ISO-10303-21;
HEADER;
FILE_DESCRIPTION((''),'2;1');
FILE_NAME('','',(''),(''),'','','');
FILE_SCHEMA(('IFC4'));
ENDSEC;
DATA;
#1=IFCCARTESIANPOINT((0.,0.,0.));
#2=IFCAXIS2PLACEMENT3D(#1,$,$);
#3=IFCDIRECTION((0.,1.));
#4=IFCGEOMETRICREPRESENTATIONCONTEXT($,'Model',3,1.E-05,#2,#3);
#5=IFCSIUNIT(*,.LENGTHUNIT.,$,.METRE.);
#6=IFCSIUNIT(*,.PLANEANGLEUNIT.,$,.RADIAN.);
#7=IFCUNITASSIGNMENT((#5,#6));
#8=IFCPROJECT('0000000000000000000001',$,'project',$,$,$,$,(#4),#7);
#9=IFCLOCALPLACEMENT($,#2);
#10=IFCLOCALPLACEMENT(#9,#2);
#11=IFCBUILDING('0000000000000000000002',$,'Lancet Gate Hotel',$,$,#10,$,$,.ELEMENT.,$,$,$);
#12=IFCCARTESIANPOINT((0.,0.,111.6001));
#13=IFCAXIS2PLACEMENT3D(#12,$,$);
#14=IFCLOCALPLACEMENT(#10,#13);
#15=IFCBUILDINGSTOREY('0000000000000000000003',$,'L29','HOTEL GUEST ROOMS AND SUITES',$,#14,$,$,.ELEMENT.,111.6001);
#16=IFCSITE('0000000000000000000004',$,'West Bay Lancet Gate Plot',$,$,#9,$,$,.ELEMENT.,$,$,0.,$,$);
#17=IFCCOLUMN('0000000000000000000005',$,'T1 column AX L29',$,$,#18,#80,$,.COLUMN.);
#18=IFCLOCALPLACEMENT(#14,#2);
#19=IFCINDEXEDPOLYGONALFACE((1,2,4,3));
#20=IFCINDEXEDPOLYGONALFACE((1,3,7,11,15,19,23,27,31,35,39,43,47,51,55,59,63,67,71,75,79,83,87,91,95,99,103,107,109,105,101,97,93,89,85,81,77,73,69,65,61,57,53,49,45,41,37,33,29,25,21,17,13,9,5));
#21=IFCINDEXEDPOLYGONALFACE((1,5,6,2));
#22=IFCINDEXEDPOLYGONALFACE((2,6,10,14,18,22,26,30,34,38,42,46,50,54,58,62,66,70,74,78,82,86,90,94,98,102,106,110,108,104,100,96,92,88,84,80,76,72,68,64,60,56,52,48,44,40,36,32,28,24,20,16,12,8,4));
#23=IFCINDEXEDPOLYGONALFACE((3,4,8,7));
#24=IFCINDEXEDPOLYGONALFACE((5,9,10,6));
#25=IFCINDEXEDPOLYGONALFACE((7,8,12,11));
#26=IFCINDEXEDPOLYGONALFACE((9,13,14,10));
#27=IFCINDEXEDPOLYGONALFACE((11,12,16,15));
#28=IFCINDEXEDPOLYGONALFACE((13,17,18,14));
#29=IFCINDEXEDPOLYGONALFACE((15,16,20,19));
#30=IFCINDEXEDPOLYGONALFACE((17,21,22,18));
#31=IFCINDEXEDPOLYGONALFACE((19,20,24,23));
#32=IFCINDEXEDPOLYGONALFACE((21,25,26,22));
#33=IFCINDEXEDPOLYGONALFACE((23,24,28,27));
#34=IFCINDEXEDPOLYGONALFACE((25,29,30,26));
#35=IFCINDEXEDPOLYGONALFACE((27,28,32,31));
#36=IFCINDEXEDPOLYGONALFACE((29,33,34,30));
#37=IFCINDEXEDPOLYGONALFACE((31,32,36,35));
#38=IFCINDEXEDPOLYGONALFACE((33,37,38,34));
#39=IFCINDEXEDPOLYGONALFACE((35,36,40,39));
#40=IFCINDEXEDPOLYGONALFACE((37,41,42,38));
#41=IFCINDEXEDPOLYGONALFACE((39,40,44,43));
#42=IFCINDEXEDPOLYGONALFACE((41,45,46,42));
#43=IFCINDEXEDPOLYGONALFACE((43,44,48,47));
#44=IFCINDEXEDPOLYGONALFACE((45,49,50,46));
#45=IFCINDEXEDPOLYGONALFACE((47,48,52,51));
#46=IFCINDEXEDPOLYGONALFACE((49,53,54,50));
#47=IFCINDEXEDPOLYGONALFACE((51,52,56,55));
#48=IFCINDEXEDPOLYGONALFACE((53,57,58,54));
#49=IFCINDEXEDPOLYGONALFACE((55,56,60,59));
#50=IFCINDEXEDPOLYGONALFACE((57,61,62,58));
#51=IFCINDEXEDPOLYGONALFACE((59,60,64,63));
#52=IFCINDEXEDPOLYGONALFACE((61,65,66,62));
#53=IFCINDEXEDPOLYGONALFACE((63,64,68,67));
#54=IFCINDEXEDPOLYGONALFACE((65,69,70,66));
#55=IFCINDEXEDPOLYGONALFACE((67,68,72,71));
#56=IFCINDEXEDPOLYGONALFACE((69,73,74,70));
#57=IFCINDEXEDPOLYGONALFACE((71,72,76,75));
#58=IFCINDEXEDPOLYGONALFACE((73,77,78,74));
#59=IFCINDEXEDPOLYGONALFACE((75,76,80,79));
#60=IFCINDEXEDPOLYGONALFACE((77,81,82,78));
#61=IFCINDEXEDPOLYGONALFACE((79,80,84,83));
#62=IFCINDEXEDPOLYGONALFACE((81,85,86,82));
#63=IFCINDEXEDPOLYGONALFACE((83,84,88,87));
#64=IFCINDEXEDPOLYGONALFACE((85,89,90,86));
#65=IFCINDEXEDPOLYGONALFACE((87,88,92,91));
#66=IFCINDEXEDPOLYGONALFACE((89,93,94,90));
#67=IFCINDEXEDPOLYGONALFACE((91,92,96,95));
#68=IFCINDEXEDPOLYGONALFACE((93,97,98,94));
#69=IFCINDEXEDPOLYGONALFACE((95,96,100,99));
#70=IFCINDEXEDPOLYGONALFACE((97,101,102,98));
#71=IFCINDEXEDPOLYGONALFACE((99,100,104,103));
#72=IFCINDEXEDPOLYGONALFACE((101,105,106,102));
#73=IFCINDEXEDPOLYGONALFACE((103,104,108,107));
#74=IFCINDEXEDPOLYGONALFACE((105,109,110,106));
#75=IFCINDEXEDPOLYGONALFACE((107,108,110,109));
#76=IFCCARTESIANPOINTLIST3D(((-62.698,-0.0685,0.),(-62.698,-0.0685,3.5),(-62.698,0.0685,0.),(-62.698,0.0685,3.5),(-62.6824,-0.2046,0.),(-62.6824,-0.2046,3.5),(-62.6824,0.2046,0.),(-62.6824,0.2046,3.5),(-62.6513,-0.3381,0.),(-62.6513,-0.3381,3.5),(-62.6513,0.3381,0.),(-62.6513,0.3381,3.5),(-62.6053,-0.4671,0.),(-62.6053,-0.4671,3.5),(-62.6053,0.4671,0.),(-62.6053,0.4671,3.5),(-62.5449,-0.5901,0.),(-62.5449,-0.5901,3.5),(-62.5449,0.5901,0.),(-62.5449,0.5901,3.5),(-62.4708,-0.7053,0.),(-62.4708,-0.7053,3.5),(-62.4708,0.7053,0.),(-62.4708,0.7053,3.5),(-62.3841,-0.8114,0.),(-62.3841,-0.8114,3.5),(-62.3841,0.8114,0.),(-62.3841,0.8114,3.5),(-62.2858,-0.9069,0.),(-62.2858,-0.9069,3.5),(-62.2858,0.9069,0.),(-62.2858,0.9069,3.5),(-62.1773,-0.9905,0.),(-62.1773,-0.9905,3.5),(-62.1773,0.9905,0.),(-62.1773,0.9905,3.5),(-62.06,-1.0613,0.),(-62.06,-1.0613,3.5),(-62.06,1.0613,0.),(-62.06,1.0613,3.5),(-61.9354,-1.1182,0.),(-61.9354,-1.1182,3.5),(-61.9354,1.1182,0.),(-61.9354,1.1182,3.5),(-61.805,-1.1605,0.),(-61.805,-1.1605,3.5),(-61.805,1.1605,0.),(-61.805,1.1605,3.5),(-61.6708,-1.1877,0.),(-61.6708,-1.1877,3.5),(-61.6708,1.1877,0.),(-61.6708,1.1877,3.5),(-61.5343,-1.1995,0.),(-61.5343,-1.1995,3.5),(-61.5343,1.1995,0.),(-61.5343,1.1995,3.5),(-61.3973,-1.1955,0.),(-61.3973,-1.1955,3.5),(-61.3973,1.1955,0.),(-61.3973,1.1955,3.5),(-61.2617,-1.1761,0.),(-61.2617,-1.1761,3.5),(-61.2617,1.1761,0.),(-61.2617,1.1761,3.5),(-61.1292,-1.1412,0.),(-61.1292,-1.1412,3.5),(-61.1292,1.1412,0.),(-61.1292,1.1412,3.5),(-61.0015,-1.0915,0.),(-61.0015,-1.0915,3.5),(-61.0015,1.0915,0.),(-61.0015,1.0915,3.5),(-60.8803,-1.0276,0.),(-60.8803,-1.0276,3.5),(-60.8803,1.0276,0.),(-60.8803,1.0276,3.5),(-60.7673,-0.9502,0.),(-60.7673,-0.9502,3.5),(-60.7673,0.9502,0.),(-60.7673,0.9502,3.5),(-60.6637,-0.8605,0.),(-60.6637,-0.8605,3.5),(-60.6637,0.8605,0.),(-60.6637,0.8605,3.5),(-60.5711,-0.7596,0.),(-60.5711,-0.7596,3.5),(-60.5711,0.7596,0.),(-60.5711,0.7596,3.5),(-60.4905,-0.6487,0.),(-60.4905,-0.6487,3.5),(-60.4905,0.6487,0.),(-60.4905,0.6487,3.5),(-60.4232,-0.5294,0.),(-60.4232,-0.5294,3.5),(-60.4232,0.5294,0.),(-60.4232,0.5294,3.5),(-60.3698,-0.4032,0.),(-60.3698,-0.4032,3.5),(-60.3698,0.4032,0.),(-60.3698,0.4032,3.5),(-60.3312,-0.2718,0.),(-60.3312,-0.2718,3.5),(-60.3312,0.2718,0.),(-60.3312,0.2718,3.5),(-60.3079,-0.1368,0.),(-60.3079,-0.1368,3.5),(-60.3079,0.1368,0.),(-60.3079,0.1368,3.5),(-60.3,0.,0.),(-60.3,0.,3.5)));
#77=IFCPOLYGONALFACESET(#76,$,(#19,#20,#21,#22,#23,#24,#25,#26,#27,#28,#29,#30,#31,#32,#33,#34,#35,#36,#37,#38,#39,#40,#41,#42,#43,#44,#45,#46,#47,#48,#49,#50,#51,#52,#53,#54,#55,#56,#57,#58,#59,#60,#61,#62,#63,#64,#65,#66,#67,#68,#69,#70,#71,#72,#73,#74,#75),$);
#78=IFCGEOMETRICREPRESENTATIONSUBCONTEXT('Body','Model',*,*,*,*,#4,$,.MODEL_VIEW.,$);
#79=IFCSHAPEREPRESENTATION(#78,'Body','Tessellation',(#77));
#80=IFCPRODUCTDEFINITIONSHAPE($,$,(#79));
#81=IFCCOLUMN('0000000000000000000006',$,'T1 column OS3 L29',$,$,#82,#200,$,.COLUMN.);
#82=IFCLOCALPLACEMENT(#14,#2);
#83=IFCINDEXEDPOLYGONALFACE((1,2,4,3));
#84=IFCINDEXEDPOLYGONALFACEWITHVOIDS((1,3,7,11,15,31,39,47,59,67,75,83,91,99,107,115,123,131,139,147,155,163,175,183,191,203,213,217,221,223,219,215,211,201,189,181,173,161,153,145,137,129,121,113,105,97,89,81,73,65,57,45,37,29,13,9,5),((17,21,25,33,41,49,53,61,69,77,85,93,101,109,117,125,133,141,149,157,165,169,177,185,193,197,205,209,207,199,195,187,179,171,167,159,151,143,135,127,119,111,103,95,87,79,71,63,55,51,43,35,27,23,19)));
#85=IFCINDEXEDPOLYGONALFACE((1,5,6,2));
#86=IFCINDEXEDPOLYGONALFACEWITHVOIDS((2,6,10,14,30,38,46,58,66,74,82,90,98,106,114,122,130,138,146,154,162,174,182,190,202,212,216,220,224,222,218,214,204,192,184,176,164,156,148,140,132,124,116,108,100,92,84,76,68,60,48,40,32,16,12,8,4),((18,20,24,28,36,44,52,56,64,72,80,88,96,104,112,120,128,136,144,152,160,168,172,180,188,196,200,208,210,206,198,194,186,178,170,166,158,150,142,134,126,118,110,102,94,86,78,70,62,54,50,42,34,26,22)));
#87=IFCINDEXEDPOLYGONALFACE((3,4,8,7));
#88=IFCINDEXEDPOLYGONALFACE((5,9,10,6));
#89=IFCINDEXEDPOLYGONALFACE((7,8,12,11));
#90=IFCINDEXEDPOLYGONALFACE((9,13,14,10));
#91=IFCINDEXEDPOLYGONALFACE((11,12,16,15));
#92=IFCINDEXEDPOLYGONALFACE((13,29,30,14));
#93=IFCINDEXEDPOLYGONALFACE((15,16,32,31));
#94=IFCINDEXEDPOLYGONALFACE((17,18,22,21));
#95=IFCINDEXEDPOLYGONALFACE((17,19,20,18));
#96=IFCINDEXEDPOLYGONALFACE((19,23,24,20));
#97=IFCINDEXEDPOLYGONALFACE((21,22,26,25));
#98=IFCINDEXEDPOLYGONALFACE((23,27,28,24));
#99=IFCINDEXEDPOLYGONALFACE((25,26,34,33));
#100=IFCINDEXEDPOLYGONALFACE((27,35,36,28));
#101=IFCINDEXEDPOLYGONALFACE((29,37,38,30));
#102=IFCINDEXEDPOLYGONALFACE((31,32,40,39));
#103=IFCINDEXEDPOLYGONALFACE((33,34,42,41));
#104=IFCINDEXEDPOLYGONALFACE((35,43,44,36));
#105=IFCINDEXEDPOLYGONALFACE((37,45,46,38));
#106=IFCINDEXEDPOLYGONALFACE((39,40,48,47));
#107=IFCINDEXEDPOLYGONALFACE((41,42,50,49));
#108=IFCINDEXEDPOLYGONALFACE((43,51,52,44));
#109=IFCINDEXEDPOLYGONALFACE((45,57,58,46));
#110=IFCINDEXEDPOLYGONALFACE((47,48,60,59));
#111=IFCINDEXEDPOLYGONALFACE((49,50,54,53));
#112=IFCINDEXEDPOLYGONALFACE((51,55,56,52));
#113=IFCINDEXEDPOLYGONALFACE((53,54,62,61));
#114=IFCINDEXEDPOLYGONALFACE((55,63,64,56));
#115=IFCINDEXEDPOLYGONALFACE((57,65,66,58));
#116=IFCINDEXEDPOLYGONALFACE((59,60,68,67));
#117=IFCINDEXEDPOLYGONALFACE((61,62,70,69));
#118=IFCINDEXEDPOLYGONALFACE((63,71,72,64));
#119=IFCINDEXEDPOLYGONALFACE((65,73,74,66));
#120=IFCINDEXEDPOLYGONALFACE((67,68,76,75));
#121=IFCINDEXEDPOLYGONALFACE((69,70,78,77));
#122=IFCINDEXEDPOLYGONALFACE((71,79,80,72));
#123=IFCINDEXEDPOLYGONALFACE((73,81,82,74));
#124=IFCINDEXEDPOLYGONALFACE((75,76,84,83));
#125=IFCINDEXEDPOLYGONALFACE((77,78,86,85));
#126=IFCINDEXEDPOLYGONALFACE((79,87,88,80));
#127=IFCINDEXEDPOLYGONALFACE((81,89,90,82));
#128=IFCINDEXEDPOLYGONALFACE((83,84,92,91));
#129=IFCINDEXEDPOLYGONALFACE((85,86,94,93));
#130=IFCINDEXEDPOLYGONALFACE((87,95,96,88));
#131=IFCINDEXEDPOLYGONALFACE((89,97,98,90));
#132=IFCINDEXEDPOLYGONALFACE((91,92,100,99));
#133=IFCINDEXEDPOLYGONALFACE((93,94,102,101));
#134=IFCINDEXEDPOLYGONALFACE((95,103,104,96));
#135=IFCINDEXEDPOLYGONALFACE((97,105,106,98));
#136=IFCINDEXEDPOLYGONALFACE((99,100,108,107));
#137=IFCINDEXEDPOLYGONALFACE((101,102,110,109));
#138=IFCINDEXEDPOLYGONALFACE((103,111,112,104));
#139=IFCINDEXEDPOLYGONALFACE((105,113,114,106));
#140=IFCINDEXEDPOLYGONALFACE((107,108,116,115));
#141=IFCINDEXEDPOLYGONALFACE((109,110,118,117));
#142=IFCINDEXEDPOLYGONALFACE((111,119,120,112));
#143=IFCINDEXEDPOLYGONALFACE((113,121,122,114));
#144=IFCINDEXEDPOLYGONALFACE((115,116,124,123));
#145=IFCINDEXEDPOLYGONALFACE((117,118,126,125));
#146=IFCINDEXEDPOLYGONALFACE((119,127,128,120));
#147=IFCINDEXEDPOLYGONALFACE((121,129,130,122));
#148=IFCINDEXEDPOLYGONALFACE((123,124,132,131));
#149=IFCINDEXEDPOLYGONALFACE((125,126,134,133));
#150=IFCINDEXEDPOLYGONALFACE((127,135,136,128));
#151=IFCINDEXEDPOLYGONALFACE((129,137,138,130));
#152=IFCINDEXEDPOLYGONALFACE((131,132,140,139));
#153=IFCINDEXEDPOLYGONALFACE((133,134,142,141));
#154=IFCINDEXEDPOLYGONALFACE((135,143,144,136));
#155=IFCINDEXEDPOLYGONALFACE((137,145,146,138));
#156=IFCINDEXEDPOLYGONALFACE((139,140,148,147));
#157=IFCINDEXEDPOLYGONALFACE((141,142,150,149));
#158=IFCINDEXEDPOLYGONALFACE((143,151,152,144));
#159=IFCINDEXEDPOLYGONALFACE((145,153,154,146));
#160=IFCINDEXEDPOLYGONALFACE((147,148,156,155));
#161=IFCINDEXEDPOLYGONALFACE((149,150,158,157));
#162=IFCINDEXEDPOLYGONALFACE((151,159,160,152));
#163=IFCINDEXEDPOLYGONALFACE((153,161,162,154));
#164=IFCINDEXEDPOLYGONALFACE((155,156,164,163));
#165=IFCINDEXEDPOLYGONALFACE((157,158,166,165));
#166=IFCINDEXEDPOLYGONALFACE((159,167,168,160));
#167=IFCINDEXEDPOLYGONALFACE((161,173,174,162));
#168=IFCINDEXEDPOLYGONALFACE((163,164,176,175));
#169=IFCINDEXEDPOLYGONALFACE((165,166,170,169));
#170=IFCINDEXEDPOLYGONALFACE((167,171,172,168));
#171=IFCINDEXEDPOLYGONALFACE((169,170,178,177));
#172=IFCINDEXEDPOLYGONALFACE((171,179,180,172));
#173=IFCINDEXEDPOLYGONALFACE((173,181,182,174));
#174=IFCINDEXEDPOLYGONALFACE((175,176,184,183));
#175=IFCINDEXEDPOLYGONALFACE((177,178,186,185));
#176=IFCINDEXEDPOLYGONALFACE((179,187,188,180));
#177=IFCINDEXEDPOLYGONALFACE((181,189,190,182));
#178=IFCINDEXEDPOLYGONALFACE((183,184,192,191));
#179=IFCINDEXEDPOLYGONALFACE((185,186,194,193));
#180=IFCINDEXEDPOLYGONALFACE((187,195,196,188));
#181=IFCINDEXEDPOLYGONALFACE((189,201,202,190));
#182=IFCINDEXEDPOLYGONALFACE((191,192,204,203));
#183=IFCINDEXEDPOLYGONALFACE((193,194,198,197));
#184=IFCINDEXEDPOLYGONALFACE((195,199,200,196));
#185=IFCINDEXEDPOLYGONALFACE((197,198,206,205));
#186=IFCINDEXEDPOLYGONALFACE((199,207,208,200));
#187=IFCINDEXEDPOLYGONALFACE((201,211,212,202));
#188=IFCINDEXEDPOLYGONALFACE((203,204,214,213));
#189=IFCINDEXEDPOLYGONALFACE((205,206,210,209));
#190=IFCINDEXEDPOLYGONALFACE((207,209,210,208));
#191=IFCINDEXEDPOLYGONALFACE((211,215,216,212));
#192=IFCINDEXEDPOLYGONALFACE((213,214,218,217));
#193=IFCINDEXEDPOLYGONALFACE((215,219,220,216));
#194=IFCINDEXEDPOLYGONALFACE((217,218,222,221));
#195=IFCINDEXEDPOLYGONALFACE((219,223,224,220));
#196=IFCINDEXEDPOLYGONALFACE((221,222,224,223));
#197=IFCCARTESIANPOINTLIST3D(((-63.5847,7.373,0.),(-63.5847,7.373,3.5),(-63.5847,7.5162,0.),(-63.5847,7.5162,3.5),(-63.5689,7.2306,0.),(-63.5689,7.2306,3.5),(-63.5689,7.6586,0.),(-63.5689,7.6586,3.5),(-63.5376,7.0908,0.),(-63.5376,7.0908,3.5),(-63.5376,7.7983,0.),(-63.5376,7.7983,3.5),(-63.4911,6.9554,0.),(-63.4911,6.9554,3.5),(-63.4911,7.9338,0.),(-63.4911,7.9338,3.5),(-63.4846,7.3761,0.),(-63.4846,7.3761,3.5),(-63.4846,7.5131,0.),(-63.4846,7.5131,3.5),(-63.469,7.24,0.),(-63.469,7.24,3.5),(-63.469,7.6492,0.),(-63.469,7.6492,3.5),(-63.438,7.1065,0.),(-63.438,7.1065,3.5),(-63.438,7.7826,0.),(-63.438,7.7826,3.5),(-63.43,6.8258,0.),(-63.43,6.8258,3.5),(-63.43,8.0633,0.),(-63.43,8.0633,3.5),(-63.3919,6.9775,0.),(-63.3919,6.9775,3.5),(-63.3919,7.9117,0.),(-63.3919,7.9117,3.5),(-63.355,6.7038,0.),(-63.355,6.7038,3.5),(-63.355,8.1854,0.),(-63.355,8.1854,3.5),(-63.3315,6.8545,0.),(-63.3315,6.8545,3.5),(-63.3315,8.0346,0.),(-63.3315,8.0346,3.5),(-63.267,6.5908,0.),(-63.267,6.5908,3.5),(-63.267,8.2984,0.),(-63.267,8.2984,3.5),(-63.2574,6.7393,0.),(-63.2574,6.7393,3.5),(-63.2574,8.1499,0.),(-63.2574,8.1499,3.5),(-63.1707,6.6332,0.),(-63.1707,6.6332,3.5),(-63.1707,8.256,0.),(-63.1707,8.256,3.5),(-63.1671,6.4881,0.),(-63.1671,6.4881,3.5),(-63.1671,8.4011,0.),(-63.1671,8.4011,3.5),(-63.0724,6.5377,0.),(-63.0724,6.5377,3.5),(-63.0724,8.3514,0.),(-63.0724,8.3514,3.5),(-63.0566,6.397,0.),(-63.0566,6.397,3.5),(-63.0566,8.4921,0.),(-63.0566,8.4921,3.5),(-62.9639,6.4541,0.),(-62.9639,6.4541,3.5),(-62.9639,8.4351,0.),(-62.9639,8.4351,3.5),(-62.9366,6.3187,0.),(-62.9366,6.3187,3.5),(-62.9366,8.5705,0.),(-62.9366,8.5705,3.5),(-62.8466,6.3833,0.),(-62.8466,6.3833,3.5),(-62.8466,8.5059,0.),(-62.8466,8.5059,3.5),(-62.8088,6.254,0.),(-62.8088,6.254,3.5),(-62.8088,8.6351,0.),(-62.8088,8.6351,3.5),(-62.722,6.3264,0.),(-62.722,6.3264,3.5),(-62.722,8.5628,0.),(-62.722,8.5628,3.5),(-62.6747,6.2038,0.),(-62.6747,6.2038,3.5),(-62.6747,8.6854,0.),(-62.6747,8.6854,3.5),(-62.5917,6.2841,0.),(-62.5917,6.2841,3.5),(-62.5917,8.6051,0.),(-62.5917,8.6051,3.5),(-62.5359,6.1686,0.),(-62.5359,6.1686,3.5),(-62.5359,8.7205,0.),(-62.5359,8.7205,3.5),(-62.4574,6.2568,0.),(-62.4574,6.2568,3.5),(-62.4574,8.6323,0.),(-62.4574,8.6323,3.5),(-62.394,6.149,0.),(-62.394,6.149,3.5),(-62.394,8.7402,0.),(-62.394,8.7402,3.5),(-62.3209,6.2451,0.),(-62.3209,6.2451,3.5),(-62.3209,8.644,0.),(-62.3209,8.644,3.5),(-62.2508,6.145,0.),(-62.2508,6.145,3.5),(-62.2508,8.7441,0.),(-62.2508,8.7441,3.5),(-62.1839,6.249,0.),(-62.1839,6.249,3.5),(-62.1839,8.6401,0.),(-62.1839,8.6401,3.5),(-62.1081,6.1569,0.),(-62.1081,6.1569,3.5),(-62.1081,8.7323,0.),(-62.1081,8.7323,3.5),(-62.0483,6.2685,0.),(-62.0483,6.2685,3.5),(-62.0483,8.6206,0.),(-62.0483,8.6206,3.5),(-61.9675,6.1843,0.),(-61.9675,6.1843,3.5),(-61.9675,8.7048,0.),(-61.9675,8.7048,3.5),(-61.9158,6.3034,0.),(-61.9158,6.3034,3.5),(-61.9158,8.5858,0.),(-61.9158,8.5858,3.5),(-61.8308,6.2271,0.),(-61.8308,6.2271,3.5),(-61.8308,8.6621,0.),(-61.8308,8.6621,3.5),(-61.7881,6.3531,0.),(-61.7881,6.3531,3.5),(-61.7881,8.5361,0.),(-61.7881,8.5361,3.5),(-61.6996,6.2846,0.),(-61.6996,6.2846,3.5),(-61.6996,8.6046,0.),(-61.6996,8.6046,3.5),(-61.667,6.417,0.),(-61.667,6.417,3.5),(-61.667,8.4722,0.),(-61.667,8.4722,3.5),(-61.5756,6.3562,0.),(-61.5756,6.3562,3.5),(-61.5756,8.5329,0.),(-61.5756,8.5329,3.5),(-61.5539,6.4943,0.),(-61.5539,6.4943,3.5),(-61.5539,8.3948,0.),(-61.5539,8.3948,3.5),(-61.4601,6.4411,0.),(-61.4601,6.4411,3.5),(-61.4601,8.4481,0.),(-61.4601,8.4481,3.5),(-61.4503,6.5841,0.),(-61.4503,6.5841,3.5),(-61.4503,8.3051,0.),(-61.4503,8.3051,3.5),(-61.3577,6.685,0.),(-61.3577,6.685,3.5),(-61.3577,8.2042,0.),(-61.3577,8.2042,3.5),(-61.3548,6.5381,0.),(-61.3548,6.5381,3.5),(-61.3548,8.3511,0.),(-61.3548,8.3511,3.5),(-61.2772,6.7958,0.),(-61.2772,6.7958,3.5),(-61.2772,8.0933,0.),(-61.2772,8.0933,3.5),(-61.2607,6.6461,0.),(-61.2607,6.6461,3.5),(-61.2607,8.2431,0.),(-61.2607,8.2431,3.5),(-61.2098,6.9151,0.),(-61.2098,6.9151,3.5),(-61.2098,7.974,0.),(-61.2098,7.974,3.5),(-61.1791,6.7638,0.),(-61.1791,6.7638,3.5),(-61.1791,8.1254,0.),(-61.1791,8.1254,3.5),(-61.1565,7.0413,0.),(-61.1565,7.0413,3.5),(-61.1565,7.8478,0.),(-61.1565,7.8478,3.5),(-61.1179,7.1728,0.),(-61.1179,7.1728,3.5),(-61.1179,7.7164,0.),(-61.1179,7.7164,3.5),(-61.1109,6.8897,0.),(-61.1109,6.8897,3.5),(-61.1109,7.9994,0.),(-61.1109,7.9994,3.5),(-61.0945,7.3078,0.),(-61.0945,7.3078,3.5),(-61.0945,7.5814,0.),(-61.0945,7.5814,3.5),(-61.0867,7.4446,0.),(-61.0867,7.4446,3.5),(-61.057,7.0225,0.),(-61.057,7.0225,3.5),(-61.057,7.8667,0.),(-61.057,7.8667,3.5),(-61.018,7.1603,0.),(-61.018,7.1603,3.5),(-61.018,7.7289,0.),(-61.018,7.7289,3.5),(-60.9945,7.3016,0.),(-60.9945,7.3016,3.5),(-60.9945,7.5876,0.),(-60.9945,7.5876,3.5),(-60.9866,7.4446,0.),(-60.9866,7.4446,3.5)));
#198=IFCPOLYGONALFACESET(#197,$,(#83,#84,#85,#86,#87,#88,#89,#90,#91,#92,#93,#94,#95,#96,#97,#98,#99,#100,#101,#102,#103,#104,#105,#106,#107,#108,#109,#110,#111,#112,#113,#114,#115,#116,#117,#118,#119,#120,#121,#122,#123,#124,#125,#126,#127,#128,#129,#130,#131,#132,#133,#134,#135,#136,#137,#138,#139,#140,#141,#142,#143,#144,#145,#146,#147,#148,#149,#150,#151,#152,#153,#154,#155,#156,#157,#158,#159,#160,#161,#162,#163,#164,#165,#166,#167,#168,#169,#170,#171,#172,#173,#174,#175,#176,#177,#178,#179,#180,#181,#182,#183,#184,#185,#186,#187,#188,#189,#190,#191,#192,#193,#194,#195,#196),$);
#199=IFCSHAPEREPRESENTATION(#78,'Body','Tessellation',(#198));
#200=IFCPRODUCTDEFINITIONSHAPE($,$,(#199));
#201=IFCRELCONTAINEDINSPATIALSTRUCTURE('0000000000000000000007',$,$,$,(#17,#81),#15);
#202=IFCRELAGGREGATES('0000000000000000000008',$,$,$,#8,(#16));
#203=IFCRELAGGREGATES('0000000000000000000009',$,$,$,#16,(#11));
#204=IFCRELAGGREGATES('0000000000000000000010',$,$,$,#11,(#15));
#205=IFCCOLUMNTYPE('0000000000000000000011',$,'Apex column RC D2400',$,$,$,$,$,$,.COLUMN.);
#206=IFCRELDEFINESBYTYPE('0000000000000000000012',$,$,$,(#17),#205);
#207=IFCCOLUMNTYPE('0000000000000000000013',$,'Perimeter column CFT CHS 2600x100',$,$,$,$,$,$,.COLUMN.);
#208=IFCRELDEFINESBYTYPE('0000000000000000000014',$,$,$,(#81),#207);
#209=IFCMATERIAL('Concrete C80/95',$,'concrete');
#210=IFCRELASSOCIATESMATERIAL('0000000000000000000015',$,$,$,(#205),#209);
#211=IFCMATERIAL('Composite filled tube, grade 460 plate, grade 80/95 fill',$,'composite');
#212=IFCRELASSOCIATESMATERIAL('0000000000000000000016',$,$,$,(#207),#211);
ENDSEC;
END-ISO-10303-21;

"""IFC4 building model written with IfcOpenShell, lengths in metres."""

from ifc_helpers import new_model, si_unit, direction, frame, origin, origin_2d, place, context, subcontext, project, spatial, circle, hollow_circle, extrude, material, material_profile, profile_set, type_object, element, save


model = new_model("IFC4")

# Units and contexts
model_context = context("Model", 3, precision=1e-05, world=origin(), true_north=direction((0.0, 1.0)))
body_context = subcontext(model_context, "Body", "Model", "MODEL_VIEW")
ifc_project = project(units=[si_unit("LENGTHUNIT", "METRE"), si_unit("PLANEANGLEUNIT", "RADIAN")], contexts=[model_context])

# Site, building, storey
site_placement = place(None, origin())
site = spatial("IfcSite", under=ifc_project, at=site_placement, Name="West Bay Lancet Gate Plot", CompositionType="ELEMENT", RefElevation=0.0)
building_placement = place(site_placement, origin())
building = spatial("IfcBuilding", under=site, at=building_placement, Name="Lancet Gate Hotel", CompositionType="ELEMENT")
storey_placement = place(building_placement, frame((0.0, 0.0, 111.6001)))
storey = spatial("IfcBuildingStorey", under=building, at=storey_placement, Name="L29", Description="HOTEL GUEST ROOMS AND SUITES", CompositionType="ELEMENT", Elevation=111.6001)

# Columns
ifc_material_1 = material(Name="Concrete C80/95", Category="concrete")
ifc_material_profile_1 = material_profile(ifc_material_1, circle(Radius=1.2, at=origin_2d()), Name="RC D2400")
ifc_profile_set_1 = profile_set([ifc_material_profile_1], Name="Concrete C80/95")
column_type_1 = type_object("IfcColumnType", Name="Apex column RC D2400", PredefinedType="COLUMN", material=ifc_profile_set_1)
column_1_placement = place(storey_placement, frame((-61.5, 0.0, 0.0), z_axis=(0.0, 0.0, 1.0), x_axis=(1.0, 0.0, 0.0)))
element("IfcColumn", 1, at=column_1_placement, inside=storey, type_object=column_type_1, Name="T1 column AX L29", PredefinedType="COLUMN", context=body_context, shape_type="SweptSolid", body=[
    extrude(circle(Radius=1.2, at=origin_2d()), origin(), (0.0, 0.0, 1.0), 3.5),
])
ifc_material_2 = material(Name="Composite filled tube, grade 460 plate, grade 80/95 fill", Category="composite")
ifc_material_profile_2 = material_profile(ifc_material_2, hollow_circle(Radius=1.3, WallThickness=0.1001, at=origin_2d()), Name="CHS 2600x100")
ifc_profile_set_2 = profile_set([ifc_material_profile_2], Name="Composite filled tube, grade 460 plate, grade 80/95 fill")
column_type_2 = type_object("IfcColumnType", Name="Perimeter column CFT CHS 2600x100", PredefinedType="COLUMN", material=ifc_profile_set_2)
column_2_placement = place(storey_placement, frame((-62.2866, 7.4446, 0.0), z_axis=(0.0, 0.0, 1.0), x_axis=(1.0, 0.0, 0.0)))
element("IfcColumn", 2, at=column_2_placement, inside=storey, type_object=column_type_2, Name="T1 column OS3 L29", PredefinedType="COLUMN", context=body_context, shape_type="SweptSolid", body=[
    extrude(hollow_circle(Radius=1.3, WallThickness=0.1001, at=origin_2d()), origin(), (0.0, 0.0, 1.0), 3.5),
])

save(model, "model.ifc")
